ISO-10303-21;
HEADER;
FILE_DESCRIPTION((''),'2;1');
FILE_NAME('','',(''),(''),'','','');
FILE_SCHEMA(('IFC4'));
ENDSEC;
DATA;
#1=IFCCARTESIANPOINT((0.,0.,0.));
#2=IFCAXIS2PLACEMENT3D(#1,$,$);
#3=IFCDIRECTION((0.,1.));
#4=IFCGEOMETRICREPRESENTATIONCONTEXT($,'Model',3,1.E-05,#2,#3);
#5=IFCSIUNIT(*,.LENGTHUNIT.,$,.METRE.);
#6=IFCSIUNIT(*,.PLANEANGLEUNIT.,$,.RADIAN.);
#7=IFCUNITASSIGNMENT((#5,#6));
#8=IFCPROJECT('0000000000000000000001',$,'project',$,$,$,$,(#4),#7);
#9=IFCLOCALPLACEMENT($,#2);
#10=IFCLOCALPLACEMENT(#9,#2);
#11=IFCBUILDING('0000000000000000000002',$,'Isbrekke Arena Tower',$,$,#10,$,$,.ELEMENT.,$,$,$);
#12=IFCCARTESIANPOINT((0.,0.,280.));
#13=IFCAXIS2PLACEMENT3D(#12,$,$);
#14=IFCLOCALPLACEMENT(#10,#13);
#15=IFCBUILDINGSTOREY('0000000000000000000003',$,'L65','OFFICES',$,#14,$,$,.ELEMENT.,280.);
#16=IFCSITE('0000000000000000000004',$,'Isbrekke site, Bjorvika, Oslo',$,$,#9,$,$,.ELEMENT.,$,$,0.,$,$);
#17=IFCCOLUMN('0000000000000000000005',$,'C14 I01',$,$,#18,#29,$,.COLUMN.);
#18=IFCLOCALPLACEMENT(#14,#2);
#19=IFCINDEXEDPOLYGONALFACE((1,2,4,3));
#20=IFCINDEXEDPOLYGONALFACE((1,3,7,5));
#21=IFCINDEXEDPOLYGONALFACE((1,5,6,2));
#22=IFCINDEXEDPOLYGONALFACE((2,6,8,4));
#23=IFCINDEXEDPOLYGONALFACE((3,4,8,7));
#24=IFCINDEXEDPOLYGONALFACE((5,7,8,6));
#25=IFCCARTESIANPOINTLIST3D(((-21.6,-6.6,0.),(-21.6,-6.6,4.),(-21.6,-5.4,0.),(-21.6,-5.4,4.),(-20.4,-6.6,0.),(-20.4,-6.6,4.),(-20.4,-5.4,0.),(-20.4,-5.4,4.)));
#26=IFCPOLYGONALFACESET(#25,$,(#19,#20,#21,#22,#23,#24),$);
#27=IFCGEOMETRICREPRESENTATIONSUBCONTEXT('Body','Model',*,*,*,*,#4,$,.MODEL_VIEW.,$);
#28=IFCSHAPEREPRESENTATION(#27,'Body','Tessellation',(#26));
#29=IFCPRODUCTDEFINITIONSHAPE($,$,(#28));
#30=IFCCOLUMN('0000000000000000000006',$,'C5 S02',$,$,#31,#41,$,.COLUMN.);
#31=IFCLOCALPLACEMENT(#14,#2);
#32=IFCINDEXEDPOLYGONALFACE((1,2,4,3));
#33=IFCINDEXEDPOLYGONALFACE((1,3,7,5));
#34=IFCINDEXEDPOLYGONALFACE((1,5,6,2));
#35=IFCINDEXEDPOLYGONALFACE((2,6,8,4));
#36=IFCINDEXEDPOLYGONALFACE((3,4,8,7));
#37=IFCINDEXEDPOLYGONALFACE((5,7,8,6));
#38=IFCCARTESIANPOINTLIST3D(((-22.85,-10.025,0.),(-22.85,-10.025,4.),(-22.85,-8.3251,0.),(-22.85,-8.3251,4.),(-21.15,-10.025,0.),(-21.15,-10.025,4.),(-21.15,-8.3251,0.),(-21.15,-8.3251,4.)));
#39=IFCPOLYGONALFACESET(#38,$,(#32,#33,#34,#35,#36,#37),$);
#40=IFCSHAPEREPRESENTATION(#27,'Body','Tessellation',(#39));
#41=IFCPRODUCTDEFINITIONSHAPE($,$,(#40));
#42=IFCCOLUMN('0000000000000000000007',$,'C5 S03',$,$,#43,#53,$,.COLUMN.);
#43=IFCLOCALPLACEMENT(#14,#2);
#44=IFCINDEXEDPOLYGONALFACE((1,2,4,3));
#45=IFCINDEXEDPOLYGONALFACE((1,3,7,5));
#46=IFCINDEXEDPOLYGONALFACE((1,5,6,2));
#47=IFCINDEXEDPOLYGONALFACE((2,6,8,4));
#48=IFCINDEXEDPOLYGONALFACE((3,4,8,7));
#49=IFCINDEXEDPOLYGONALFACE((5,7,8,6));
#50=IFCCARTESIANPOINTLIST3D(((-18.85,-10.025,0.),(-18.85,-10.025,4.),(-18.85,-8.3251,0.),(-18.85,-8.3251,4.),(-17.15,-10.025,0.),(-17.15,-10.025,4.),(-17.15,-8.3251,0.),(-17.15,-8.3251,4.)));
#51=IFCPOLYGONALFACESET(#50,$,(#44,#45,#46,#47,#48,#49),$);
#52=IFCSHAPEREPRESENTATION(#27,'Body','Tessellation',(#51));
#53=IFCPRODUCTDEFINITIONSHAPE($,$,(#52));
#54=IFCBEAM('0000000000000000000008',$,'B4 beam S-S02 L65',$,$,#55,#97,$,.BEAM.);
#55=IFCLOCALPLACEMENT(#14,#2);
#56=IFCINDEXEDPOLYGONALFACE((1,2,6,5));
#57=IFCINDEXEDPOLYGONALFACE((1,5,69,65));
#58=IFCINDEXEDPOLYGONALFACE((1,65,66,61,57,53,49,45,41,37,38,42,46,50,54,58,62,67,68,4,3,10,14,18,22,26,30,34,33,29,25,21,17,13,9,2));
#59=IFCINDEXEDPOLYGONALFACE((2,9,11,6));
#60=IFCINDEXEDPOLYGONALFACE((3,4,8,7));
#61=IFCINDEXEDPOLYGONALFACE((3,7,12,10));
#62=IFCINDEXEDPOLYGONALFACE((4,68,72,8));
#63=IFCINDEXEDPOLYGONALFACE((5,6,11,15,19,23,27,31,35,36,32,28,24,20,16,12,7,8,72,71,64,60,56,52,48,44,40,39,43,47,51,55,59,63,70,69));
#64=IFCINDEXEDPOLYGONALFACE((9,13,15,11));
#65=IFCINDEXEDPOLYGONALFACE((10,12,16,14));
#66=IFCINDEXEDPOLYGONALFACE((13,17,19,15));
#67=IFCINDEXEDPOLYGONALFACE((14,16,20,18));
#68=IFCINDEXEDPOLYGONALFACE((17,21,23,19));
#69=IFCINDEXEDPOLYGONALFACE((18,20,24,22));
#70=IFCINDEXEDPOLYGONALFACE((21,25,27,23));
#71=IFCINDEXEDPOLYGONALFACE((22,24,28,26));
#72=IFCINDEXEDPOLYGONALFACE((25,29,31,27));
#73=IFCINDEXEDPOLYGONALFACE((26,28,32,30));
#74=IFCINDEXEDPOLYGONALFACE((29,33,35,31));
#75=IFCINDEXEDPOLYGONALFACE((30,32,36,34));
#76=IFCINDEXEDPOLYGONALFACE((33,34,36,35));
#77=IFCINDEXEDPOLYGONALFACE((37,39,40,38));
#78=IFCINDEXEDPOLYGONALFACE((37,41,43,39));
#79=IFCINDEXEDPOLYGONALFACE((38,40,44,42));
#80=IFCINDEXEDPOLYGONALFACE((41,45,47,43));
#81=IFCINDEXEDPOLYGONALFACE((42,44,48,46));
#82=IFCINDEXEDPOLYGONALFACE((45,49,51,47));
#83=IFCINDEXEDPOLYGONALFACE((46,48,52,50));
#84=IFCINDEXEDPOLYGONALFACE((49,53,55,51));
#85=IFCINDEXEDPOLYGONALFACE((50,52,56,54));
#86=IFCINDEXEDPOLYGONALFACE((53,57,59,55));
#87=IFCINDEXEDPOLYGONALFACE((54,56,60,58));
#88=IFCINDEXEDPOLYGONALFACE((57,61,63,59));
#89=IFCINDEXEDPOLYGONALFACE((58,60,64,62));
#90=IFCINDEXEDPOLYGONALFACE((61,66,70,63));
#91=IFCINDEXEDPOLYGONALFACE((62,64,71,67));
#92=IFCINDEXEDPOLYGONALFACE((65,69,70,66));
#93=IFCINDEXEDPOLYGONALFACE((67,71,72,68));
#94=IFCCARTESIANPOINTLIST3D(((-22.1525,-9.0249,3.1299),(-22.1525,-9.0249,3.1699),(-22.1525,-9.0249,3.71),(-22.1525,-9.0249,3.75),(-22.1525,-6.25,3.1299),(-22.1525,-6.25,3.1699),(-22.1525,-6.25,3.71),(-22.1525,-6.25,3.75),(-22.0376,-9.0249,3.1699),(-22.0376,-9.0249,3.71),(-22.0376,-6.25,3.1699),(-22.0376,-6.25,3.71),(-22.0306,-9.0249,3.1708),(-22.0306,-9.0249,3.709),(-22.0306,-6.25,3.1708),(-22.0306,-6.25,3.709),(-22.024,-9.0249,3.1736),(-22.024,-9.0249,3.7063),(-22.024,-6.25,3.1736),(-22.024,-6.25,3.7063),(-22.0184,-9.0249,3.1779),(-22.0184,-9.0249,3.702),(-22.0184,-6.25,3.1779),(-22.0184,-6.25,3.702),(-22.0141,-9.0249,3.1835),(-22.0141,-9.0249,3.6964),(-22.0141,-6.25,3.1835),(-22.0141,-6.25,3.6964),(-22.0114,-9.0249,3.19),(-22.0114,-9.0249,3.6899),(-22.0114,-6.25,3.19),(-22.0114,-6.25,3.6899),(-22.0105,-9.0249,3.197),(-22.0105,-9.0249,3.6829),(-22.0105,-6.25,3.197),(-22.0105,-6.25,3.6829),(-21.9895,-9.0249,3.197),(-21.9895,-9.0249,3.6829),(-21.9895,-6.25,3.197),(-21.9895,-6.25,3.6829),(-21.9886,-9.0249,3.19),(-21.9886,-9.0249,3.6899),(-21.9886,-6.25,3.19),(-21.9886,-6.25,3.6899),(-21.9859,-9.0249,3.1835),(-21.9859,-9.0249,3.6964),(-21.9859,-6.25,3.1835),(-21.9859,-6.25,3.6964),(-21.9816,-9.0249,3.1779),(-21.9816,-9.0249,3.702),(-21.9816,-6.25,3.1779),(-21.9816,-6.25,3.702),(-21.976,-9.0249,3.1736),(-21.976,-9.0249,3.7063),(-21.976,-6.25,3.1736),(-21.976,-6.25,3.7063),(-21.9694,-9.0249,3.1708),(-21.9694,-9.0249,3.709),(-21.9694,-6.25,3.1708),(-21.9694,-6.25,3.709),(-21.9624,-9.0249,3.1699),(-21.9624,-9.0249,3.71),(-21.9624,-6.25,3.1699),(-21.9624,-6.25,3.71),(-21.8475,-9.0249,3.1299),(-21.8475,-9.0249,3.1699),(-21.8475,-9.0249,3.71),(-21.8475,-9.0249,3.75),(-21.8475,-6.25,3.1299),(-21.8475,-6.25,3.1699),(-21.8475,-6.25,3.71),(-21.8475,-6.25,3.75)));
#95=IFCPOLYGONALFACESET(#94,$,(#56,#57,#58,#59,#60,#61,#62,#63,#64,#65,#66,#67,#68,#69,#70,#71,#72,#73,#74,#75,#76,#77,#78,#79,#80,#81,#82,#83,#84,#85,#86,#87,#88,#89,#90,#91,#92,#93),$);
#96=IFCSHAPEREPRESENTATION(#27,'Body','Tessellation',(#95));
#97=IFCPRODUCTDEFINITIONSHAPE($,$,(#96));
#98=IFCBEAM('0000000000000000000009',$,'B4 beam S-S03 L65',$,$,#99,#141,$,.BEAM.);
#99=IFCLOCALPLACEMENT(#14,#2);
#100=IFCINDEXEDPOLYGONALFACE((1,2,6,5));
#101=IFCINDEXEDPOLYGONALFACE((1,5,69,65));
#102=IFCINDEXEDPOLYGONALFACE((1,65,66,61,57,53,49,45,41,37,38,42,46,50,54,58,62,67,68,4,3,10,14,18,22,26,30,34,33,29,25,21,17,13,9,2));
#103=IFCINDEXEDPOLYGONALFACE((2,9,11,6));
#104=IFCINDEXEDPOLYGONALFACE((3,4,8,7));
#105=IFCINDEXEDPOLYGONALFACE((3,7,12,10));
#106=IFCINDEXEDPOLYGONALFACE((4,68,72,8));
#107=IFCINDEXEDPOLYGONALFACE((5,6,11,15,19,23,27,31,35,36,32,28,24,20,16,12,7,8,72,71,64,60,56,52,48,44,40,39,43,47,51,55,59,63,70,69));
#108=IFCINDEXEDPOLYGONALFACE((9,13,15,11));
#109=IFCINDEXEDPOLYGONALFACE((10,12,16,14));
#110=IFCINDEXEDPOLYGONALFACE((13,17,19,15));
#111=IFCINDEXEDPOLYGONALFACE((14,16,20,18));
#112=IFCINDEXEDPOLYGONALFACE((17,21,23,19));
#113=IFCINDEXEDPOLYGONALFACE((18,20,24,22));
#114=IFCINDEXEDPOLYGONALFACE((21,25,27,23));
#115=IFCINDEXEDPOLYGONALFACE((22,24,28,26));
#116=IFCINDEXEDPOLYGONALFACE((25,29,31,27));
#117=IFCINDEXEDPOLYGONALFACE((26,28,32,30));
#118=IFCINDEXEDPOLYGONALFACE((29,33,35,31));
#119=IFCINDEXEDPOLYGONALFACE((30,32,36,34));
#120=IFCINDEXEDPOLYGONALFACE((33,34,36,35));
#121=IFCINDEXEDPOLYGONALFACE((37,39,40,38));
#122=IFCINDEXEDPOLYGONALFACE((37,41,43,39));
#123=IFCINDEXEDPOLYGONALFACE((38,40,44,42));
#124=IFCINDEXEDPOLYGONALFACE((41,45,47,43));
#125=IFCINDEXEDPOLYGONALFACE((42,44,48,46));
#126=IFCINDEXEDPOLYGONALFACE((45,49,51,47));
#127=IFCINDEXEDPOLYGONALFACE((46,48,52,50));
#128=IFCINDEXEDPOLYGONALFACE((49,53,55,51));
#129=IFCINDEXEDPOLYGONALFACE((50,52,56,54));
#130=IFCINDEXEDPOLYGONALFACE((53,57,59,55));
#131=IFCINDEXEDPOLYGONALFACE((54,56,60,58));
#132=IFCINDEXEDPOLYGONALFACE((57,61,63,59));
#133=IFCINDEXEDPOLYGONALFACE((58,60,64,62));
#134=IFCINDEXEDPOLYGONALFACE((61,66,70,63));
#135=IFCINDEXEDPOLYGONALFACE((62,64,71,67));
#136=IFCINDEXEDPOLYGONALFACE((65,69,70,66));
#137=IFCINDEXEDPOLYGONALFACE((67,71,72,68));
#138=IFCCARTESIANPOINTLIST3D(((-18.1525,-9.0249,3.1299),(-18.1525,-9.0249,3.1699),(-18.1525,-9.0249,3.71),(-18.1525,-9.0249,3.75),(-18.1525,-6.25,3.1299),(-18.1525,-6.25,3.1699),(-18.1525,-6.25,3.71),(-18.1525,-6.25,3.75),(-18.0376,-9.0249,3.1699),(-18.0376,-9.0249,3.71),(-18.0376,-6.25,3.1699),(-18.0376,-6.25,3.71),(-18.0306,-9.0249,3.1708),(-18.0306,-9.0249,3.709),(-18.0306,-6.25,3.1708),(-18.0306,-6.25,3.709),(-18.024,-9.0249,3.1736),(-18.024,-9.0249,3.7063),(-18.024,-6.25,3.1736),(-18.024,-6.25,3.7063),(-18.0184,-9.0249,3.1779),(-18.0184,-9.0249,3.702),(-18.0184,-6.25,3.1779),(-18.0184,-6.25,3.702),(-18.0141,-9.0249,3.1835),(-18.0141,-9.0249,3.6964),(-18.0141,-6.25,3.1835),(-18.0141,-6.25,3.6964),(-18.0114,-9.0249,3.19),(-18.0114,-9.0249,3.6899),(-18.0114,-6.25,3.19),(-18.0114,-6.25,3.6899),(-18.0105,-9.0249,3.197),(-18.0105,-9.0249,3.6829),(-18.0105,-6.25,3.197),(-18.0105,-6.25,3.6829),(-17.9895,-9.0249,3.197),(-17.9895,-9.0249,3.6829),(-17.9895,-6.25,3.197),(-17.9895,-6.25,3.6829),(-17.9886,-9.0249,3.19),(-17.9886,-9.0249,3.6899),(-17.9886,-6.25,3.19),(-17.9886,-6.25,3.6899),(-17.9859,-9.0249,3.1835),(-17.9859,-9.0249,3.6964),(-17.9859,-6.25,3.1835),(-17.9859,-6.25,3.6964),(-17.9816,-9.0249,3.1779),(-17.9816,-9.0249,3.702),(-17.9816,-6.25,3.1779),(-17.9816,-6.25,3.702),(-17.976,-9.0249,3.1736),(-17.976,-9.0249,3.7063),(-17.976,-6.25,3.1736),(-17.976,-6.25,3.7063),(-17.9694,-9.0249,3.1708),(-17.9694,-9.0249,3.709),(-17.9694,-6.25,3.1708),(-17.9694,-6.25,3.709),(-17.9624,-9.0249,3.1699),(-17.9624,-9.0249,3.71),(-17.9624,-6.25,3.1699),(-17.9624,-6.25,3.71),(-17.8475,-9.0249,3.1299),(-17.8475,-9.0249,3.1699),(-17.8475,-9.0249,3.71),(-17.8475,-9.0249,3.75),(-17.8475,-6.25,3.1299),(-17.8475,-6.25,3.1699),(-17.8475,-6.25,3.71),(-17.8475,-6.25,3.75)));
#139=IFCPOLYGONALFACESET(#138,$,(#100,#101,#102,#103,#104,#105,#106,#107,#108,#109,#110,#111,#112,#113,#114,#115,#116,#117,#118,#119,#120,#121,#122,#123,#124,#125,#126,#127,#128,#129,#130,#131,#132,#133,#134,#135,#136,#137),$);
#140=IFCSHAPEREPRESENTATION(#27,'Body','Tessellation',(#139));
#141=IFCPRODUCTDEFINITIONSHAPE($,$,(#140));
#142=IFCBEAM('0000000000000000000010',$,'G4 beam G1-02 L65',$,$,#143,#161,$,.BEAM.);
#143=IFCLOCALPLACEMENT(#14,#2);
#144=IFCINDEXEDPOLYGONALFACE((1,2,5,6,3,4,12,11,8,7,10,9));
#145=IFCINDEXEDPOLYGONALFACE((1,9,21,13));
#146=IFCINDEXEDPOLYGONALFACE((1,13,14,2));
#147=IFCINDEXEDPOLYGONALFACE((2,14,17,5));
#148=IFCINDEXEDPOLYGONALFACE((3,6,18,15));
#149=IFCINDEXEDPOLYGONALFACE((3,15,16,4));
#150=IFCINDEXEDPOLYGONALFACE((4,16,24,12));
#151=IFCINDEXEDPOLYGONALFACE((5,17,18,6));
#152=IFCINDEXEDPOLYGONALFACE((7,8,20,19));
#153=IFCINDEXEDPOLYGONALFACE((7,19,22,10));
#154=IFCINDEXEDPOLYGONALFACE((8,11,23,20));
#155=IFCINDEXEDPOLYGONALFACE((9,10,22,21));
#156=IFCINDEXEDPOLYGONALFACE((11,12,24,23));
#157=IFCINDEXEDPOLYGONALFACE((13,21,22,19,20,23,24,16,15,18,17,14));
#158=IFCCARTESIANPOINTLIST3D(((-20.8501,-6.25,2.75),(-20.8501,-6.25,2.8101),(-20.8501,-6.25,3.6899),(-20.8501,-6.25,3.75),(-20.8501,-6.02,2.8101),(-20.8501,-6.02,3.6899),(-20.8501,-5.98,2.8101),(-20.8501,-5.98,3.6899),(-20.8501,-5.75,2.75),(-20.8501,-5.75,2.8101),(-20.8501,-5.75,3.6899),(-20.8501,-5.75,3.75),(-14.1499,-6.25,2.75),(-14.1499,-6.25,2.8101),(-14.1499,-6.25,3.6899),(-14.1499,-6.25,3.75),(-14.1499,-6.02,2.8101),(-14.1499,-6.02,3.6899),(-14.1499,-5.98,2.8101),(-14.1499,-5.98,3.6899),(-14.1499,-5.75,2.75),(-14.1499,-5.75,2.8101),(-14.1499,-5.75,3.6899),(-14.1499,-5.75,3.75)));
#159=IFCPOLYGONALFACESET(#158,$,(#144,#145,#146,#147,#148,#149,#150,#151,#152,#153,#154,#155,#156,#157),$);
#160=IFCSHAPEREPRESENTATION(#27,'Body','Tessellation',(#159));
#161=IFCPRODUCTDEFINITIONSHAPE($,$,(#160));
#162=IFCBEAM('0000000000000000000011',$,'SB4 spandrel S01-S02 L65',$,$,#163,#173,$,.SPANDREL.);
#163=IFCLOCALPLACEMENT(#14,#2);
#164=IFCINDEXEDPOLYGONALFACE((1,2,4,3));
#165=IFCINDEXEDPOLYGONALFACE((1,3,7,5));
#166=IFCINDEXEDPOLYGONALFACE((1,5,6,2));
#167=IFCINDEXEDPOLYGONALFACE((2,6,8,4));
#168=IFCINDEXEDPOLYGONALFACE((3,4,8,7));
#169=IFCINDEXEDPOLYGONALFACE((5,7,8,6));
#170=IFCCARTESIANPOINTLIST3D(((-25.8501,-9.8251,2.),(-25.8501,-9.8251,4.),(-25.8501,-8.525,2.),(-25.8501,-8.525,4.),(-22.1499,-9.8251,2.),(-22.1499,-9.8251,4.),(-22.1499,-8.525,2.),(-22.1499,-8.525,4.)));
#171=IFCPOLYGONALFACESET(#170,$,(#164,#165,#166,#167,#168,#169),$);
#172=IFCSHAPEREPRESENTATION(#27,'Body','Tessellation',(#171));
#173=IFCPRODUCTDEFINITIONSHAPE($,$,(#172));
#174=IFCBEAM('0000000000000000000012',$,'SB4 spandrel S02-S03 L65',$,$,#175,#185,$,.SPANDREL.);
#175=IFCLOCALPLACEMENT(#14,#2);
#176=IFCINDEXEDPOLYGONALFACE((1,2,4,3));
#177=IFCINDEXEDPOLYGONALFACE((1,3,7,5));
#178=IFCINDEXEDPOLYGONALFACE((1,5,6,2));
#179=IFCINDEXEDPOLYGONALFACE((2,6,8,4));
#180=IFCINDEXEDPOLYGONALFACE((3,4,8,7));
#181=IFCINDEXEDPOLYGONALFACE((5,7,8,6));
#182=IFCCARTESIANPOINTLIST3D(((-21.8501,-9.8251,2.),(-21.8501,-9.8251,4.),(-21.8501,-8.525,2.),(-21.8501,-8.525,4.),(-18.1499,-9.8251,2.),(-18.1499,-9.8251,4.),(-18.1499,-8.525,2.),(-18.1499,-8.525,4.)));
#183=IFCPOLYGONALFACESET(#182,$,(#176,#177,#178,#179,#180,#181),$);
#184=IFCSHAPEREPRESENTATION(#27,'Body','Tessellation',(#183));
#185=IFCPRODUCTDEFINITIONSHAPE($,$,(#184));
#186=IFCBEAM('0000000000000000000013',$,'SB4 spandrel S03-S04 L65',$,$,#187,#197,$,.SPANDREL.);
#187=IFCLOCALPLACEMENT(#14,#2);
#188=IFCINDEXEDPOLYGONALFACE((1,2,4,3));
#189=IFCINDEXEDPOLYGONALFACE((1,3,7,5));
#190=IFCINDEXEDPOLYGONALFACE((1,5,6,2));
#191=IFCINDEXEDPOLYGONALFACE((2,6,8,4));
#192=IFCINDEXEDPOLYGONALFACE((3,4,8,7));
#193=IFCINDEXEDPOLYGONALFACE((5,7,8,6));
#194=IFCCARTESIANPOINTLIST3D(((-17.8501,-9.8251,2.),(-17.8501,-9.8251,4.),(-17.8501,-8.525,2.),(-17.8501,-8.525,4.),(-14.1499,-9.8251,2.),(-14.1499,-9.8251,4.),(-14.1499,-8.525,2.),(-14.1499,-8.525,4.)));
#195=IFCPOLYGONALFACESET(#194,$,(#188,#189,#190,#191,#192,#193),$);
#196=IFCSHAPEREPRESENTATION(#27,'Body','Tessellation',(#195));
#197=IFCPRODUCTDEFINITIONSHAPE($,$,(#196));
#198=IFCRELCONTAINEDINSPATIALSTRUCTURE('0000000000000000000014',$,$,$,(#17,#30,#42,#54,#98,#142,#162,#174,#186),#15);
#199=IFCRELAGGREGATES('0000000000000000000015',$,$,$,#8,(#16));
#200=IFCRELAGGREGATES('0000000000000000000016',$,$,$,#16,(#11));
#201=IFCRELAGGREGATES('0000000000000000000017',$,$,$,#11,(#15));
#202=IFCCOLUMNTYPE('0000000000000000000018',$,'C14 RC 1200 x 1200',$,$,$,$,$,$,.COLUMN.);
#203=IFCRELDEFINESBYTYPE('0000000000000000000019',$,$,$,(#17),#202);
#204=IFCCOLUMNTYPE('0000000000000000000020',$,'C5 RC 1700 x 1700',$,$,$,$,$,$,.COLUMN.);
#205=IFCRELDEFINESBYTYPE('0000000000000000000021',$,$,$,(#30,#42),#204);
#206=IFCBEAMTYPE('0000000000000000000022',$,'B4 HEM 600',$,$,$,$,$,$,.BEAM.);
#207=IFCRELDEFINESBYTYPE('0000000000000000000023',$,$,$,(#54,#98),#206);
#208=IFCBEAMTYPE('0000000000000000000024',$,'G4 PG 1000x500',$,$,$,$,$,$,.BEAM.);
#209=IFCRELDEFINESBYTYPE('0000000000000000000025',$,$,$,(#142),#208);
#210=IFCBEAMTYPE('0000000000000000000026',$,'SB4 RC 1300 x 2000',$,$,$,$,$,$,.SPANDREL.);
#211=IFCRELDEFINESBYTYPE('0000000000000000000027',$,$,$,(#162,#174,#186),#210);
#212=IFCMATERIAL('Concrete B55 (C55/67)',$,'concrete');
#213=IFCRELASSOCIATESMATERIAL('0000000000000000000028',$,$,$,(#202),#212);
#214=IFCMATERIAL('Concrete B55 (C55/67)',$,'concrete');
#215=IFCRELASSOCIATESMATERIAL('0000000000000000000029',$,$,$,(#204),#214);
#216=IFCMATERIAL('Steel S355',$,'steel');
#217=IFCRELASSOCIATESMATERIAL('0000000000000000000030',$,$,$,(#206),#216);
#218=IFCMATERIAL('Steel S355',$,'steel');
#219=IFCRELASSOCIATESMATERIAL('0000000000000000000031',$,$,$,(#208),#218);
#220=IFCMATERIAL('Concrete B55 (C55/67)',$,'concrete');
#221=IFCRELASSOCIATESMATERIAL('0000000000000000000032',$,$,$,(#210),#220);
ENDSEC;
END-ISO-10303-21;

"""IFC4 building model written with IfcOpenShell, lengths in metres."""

from ifc_helpers import new_model, si_unit, direction, frame, origin, origin_2d, place, context, subcontext, project, spatial, rectangle, i_section, extrude, material, material_profile, profile_set, type_object, element, save


model = new_model("IFC4")

# Units and contexts
model_context = context("Model", 3, precision=1e-05, world=origin(), true_north=direction((0.0, 1.0)))
body_context = subcontext(model_context, "Body", "Model", "MODEL_VIEW")
ifc_project = project(units=[si_unit("LENGTHUNIT", "METRE"), si_unit("PLANEANGLEUNIT", "RADIAN")], contexts=[model_context])

# Site, building, storey
site_placement = place(None, origin())
site = spatial("IfcSite", under=ifc_project, at=site_placement, Name="Isbrekke site, Bjorvika, Oslo", CompositionType="ELEMENT", RefElevation=0.0)
building_placement = place(site_placement, origin())
building = spatial("IfcBuilding", under=site, at=building_placement, Name="Isbrekke Arena Tower", CompositionType="ELEMENT")
storey_placement = place(building_placement, frame((0.0, 0.0, 280.0)))
storey = spatial("IfcBuildingStorey", under=building, at=storey_placement, Name="L65", Description="OFFICES", CompositionType="ELEMENT", Elevation=280.0)

# Columns
ifc_material_1 = material(Name="Concrete B55 (C55/67)", Category="concrete")
ifc_material_profile_1 = material_profile(ifc_material_1, rectangle(XDim=1.2, YDim=1.2, at=origin_2d()), Name="RC 1200x1200")
ifc_profile_set_1 = profile_set([ifc_material_profile_1], Name="Concrete B55 (C55/67)")
column_type_1 = type_object("IfcColumnType", Name="C14 RC 1200 x 1200", PredefinedType="COLUMN", material=ifc_profile_set_1)
column_placement = place(storey_placement, frame((-21.0, -6.0, 0.0), z_axis=(0.0, 0.0, 1.0), x_axis=(1.0, 0.0, 0.0)))
element("IfcColumn", 1, at=column_placement, inside=storey, type_object=column_type_1, Name="C14 I01", PredefinedType="COLUMN", context=body_context, shape_type="SweptSolid", body=[
    extrude(rectangle(XDim=1.2, YDim=1.2, at=origin_2d()), origin(), (0.0, 0.0, 1.0), 4.0),
])
ifc_material_2 = material(Name="Concrete B55 (C55/67)", Category="concrete")
ifc_material_profile_2 = material_profile(ifc_material_2, rectangle(XDim=1.7, YDim=1.7, at=origin_2d()), Name="RC 1700x1700")
ifc_profile_set_2 = profile_set([ifc_material_profile_2], Name="Concrete B55 (C55/67)")
column_type_2 = type_object("IfcColumnType", Name="C5 RC 1700 x 1700", PredefinedType="COLUMN", material=ifc_profile_set_2)
for number, where, z_axis, x_axis, name in (
    (2, (-22.0, -9.175, 0.0), (0.0, 0.0, 1.0), (1.0, 0.0, 0.0), "C5 S02"),
    (3, (-18.0, -9.175, 0.0), (0.0, 0.0, 1.0), (1.0, 0.0, 0.0), "C5 S03"),
):
    element("IfcColumn", number, at=place(storey_placement, frame(where, z_axis=z_axis, x_axis=x_axis)), inside=storey, type_object=column_type_2, Name=name, PredefinedType="COLUMN", context=body_context, shape_type="SweptSolid", body=[
        extrude(rectangle(XDim=1.7, YDim=1.7, at=origin_2d()), origin(), (0.0, 0.0, 1.0), 4.0),
    ])

# Beams
ifc_material_3 = material(Name="Steel S355", Category="steel")
ifc_material_profile_3 = material_profile(ifc_material_3, i_section(OverallWidth=0.3049, OverallDepth=0.6201, WebThickness=0.021, FlangeThickness=0.04, FilletRadius=0.0271, at=origin_2d()), Name="HEM 600")
ifc_profile_set_3 = profile_set([ifc_material_profile_3], Name="Steel S355")
beam_type_1 = type_object("IfcBeamType", Name="B4 HEM 600", PredefinedType="BEAM", material=ifc_profile_set_3)
for number, where, z_axis, x_axis, name in (
    (4, (-22.0, -9.0249, 3.4399), (0.0, 1.0, 0.0), (-1.0, 0.0, 0.0), "B4 beam S-S02 L65"),
    (5, (-18.0, -9.0249, 3.4399), (0.0, 1.0, 0.0), (-1.0, 0.0, 0.0), "B4 beam S-S03 L65"),
):
    element("IfcBeam", number, at=place(storey_placement, frame(where, z_axis=z_axis, x_axis=x_axis)), inside=storey, type_object=beam_type_1, Name=name, PredefinedType="BEAM", context=body_context, shape_type="SweptSolid", body=[
        extrude(i_section(OverallWidth=0.3049, OverallDepth=0.6201, WebThickness=0.021, FlangeThickness=0.04, FilletRadius=0.0271, at=origin_2d()), origin(), (0.0, 0.0, 1.0), 2.7749),
    ])
ifc_material_4 = material(Name="Steel S355", Category="steel")
ifc_material_profile_4 = material_profile(ifc_material_4, i_section(OverallWidth=0.5, OverallDepth=1.0, WebThickness=0.04, FlangeThickness=0.0601, at=origin_2d()), Name="PG 1000x500")
ifc_profile_set_4 = profile_set([ifc_material_profile_4], Name="Steel S355")
beam_type_2 = type_object("IfcBeamType", Name="G4 PG 1000x500", PredefinedType="BEAM", material=ifc_profile_set_4)
beam_1_placement = place(storey_placement, frame((-20.8501, -6.0, 3.25), z_axis=(1.0, 0.0, 0.0), x_axis=(0.0, 1.0, 0.0)))
element("IfcBeam", 6, at=beam_1_placement, inside=storey, type_object=beam_type_2, Name="G4 beam G1-02 L65", PredefinedType="BEAM", context=body_context, shape_type="SweptSolid", body=[
    extrude(i_section(OverallWidth=0.5, OverallDepth=1.0, WebThickness=0.04, FlangeThickness=0.0601, at=origin_2d()), origin(), (0.0, 0.0, 1.0), 6.7002),
])
ifc_material_5 = material(Name="Concrete B55 (C55/67)", Category="concrete")
ifc_material_profile_5 = material_profile(ifc_material_5, rectangle(XDim=1.3, YDim=2.0, at=origin_2d()), Name="RC 1300x2000")
ifc_profile_set_5 = profile_set([ifc_material_profile_5], Name="Concrete B55 (C55/67)")
beam_type_3 = type_object("IfcBeamType", Name="SB4 RC 1300 x 2000", PredefinedType="SPANDREL", material=ifc_profile_set_5)
for number, where, z_axis, x_axis, name in (
    (7, (-25.8501, -9.175, 3.0), (1.0, 0.0, 0.0), (0.0, 1.0, 0.0), "SB4 spandrel S01-S02 L65"),
    (8, (-21.8501, -9.175, 3.0), (1.0, 0.0, 0.0), (0.0, 1.0, 0.0), "SB4 spandrel S02-S03 L65"),
    (9, (-17.8501, -9.175, 3.0), (1.0, 0.0, 0.0), (0.0, 1.0, 0.0), "SB4 spandrel S03-S04 L65"),
):
    element("IfcBeam", number, at=place(storey_placement, frame(where, z_axis=z_axis, x_axis=x_axis)), inside=storey, type_object=beam_type_3, Name=name, PredefinedType="SPANDREL", context=body_context, shape_type="SweptSolid", body=[
        extrude(rectangle(XDim=1.3, YDim=2.0, at=origin_2d()), origin(), (0.0, 0.0, 1.0), 3.7002),
    ])

save(model, "model.ifc")
